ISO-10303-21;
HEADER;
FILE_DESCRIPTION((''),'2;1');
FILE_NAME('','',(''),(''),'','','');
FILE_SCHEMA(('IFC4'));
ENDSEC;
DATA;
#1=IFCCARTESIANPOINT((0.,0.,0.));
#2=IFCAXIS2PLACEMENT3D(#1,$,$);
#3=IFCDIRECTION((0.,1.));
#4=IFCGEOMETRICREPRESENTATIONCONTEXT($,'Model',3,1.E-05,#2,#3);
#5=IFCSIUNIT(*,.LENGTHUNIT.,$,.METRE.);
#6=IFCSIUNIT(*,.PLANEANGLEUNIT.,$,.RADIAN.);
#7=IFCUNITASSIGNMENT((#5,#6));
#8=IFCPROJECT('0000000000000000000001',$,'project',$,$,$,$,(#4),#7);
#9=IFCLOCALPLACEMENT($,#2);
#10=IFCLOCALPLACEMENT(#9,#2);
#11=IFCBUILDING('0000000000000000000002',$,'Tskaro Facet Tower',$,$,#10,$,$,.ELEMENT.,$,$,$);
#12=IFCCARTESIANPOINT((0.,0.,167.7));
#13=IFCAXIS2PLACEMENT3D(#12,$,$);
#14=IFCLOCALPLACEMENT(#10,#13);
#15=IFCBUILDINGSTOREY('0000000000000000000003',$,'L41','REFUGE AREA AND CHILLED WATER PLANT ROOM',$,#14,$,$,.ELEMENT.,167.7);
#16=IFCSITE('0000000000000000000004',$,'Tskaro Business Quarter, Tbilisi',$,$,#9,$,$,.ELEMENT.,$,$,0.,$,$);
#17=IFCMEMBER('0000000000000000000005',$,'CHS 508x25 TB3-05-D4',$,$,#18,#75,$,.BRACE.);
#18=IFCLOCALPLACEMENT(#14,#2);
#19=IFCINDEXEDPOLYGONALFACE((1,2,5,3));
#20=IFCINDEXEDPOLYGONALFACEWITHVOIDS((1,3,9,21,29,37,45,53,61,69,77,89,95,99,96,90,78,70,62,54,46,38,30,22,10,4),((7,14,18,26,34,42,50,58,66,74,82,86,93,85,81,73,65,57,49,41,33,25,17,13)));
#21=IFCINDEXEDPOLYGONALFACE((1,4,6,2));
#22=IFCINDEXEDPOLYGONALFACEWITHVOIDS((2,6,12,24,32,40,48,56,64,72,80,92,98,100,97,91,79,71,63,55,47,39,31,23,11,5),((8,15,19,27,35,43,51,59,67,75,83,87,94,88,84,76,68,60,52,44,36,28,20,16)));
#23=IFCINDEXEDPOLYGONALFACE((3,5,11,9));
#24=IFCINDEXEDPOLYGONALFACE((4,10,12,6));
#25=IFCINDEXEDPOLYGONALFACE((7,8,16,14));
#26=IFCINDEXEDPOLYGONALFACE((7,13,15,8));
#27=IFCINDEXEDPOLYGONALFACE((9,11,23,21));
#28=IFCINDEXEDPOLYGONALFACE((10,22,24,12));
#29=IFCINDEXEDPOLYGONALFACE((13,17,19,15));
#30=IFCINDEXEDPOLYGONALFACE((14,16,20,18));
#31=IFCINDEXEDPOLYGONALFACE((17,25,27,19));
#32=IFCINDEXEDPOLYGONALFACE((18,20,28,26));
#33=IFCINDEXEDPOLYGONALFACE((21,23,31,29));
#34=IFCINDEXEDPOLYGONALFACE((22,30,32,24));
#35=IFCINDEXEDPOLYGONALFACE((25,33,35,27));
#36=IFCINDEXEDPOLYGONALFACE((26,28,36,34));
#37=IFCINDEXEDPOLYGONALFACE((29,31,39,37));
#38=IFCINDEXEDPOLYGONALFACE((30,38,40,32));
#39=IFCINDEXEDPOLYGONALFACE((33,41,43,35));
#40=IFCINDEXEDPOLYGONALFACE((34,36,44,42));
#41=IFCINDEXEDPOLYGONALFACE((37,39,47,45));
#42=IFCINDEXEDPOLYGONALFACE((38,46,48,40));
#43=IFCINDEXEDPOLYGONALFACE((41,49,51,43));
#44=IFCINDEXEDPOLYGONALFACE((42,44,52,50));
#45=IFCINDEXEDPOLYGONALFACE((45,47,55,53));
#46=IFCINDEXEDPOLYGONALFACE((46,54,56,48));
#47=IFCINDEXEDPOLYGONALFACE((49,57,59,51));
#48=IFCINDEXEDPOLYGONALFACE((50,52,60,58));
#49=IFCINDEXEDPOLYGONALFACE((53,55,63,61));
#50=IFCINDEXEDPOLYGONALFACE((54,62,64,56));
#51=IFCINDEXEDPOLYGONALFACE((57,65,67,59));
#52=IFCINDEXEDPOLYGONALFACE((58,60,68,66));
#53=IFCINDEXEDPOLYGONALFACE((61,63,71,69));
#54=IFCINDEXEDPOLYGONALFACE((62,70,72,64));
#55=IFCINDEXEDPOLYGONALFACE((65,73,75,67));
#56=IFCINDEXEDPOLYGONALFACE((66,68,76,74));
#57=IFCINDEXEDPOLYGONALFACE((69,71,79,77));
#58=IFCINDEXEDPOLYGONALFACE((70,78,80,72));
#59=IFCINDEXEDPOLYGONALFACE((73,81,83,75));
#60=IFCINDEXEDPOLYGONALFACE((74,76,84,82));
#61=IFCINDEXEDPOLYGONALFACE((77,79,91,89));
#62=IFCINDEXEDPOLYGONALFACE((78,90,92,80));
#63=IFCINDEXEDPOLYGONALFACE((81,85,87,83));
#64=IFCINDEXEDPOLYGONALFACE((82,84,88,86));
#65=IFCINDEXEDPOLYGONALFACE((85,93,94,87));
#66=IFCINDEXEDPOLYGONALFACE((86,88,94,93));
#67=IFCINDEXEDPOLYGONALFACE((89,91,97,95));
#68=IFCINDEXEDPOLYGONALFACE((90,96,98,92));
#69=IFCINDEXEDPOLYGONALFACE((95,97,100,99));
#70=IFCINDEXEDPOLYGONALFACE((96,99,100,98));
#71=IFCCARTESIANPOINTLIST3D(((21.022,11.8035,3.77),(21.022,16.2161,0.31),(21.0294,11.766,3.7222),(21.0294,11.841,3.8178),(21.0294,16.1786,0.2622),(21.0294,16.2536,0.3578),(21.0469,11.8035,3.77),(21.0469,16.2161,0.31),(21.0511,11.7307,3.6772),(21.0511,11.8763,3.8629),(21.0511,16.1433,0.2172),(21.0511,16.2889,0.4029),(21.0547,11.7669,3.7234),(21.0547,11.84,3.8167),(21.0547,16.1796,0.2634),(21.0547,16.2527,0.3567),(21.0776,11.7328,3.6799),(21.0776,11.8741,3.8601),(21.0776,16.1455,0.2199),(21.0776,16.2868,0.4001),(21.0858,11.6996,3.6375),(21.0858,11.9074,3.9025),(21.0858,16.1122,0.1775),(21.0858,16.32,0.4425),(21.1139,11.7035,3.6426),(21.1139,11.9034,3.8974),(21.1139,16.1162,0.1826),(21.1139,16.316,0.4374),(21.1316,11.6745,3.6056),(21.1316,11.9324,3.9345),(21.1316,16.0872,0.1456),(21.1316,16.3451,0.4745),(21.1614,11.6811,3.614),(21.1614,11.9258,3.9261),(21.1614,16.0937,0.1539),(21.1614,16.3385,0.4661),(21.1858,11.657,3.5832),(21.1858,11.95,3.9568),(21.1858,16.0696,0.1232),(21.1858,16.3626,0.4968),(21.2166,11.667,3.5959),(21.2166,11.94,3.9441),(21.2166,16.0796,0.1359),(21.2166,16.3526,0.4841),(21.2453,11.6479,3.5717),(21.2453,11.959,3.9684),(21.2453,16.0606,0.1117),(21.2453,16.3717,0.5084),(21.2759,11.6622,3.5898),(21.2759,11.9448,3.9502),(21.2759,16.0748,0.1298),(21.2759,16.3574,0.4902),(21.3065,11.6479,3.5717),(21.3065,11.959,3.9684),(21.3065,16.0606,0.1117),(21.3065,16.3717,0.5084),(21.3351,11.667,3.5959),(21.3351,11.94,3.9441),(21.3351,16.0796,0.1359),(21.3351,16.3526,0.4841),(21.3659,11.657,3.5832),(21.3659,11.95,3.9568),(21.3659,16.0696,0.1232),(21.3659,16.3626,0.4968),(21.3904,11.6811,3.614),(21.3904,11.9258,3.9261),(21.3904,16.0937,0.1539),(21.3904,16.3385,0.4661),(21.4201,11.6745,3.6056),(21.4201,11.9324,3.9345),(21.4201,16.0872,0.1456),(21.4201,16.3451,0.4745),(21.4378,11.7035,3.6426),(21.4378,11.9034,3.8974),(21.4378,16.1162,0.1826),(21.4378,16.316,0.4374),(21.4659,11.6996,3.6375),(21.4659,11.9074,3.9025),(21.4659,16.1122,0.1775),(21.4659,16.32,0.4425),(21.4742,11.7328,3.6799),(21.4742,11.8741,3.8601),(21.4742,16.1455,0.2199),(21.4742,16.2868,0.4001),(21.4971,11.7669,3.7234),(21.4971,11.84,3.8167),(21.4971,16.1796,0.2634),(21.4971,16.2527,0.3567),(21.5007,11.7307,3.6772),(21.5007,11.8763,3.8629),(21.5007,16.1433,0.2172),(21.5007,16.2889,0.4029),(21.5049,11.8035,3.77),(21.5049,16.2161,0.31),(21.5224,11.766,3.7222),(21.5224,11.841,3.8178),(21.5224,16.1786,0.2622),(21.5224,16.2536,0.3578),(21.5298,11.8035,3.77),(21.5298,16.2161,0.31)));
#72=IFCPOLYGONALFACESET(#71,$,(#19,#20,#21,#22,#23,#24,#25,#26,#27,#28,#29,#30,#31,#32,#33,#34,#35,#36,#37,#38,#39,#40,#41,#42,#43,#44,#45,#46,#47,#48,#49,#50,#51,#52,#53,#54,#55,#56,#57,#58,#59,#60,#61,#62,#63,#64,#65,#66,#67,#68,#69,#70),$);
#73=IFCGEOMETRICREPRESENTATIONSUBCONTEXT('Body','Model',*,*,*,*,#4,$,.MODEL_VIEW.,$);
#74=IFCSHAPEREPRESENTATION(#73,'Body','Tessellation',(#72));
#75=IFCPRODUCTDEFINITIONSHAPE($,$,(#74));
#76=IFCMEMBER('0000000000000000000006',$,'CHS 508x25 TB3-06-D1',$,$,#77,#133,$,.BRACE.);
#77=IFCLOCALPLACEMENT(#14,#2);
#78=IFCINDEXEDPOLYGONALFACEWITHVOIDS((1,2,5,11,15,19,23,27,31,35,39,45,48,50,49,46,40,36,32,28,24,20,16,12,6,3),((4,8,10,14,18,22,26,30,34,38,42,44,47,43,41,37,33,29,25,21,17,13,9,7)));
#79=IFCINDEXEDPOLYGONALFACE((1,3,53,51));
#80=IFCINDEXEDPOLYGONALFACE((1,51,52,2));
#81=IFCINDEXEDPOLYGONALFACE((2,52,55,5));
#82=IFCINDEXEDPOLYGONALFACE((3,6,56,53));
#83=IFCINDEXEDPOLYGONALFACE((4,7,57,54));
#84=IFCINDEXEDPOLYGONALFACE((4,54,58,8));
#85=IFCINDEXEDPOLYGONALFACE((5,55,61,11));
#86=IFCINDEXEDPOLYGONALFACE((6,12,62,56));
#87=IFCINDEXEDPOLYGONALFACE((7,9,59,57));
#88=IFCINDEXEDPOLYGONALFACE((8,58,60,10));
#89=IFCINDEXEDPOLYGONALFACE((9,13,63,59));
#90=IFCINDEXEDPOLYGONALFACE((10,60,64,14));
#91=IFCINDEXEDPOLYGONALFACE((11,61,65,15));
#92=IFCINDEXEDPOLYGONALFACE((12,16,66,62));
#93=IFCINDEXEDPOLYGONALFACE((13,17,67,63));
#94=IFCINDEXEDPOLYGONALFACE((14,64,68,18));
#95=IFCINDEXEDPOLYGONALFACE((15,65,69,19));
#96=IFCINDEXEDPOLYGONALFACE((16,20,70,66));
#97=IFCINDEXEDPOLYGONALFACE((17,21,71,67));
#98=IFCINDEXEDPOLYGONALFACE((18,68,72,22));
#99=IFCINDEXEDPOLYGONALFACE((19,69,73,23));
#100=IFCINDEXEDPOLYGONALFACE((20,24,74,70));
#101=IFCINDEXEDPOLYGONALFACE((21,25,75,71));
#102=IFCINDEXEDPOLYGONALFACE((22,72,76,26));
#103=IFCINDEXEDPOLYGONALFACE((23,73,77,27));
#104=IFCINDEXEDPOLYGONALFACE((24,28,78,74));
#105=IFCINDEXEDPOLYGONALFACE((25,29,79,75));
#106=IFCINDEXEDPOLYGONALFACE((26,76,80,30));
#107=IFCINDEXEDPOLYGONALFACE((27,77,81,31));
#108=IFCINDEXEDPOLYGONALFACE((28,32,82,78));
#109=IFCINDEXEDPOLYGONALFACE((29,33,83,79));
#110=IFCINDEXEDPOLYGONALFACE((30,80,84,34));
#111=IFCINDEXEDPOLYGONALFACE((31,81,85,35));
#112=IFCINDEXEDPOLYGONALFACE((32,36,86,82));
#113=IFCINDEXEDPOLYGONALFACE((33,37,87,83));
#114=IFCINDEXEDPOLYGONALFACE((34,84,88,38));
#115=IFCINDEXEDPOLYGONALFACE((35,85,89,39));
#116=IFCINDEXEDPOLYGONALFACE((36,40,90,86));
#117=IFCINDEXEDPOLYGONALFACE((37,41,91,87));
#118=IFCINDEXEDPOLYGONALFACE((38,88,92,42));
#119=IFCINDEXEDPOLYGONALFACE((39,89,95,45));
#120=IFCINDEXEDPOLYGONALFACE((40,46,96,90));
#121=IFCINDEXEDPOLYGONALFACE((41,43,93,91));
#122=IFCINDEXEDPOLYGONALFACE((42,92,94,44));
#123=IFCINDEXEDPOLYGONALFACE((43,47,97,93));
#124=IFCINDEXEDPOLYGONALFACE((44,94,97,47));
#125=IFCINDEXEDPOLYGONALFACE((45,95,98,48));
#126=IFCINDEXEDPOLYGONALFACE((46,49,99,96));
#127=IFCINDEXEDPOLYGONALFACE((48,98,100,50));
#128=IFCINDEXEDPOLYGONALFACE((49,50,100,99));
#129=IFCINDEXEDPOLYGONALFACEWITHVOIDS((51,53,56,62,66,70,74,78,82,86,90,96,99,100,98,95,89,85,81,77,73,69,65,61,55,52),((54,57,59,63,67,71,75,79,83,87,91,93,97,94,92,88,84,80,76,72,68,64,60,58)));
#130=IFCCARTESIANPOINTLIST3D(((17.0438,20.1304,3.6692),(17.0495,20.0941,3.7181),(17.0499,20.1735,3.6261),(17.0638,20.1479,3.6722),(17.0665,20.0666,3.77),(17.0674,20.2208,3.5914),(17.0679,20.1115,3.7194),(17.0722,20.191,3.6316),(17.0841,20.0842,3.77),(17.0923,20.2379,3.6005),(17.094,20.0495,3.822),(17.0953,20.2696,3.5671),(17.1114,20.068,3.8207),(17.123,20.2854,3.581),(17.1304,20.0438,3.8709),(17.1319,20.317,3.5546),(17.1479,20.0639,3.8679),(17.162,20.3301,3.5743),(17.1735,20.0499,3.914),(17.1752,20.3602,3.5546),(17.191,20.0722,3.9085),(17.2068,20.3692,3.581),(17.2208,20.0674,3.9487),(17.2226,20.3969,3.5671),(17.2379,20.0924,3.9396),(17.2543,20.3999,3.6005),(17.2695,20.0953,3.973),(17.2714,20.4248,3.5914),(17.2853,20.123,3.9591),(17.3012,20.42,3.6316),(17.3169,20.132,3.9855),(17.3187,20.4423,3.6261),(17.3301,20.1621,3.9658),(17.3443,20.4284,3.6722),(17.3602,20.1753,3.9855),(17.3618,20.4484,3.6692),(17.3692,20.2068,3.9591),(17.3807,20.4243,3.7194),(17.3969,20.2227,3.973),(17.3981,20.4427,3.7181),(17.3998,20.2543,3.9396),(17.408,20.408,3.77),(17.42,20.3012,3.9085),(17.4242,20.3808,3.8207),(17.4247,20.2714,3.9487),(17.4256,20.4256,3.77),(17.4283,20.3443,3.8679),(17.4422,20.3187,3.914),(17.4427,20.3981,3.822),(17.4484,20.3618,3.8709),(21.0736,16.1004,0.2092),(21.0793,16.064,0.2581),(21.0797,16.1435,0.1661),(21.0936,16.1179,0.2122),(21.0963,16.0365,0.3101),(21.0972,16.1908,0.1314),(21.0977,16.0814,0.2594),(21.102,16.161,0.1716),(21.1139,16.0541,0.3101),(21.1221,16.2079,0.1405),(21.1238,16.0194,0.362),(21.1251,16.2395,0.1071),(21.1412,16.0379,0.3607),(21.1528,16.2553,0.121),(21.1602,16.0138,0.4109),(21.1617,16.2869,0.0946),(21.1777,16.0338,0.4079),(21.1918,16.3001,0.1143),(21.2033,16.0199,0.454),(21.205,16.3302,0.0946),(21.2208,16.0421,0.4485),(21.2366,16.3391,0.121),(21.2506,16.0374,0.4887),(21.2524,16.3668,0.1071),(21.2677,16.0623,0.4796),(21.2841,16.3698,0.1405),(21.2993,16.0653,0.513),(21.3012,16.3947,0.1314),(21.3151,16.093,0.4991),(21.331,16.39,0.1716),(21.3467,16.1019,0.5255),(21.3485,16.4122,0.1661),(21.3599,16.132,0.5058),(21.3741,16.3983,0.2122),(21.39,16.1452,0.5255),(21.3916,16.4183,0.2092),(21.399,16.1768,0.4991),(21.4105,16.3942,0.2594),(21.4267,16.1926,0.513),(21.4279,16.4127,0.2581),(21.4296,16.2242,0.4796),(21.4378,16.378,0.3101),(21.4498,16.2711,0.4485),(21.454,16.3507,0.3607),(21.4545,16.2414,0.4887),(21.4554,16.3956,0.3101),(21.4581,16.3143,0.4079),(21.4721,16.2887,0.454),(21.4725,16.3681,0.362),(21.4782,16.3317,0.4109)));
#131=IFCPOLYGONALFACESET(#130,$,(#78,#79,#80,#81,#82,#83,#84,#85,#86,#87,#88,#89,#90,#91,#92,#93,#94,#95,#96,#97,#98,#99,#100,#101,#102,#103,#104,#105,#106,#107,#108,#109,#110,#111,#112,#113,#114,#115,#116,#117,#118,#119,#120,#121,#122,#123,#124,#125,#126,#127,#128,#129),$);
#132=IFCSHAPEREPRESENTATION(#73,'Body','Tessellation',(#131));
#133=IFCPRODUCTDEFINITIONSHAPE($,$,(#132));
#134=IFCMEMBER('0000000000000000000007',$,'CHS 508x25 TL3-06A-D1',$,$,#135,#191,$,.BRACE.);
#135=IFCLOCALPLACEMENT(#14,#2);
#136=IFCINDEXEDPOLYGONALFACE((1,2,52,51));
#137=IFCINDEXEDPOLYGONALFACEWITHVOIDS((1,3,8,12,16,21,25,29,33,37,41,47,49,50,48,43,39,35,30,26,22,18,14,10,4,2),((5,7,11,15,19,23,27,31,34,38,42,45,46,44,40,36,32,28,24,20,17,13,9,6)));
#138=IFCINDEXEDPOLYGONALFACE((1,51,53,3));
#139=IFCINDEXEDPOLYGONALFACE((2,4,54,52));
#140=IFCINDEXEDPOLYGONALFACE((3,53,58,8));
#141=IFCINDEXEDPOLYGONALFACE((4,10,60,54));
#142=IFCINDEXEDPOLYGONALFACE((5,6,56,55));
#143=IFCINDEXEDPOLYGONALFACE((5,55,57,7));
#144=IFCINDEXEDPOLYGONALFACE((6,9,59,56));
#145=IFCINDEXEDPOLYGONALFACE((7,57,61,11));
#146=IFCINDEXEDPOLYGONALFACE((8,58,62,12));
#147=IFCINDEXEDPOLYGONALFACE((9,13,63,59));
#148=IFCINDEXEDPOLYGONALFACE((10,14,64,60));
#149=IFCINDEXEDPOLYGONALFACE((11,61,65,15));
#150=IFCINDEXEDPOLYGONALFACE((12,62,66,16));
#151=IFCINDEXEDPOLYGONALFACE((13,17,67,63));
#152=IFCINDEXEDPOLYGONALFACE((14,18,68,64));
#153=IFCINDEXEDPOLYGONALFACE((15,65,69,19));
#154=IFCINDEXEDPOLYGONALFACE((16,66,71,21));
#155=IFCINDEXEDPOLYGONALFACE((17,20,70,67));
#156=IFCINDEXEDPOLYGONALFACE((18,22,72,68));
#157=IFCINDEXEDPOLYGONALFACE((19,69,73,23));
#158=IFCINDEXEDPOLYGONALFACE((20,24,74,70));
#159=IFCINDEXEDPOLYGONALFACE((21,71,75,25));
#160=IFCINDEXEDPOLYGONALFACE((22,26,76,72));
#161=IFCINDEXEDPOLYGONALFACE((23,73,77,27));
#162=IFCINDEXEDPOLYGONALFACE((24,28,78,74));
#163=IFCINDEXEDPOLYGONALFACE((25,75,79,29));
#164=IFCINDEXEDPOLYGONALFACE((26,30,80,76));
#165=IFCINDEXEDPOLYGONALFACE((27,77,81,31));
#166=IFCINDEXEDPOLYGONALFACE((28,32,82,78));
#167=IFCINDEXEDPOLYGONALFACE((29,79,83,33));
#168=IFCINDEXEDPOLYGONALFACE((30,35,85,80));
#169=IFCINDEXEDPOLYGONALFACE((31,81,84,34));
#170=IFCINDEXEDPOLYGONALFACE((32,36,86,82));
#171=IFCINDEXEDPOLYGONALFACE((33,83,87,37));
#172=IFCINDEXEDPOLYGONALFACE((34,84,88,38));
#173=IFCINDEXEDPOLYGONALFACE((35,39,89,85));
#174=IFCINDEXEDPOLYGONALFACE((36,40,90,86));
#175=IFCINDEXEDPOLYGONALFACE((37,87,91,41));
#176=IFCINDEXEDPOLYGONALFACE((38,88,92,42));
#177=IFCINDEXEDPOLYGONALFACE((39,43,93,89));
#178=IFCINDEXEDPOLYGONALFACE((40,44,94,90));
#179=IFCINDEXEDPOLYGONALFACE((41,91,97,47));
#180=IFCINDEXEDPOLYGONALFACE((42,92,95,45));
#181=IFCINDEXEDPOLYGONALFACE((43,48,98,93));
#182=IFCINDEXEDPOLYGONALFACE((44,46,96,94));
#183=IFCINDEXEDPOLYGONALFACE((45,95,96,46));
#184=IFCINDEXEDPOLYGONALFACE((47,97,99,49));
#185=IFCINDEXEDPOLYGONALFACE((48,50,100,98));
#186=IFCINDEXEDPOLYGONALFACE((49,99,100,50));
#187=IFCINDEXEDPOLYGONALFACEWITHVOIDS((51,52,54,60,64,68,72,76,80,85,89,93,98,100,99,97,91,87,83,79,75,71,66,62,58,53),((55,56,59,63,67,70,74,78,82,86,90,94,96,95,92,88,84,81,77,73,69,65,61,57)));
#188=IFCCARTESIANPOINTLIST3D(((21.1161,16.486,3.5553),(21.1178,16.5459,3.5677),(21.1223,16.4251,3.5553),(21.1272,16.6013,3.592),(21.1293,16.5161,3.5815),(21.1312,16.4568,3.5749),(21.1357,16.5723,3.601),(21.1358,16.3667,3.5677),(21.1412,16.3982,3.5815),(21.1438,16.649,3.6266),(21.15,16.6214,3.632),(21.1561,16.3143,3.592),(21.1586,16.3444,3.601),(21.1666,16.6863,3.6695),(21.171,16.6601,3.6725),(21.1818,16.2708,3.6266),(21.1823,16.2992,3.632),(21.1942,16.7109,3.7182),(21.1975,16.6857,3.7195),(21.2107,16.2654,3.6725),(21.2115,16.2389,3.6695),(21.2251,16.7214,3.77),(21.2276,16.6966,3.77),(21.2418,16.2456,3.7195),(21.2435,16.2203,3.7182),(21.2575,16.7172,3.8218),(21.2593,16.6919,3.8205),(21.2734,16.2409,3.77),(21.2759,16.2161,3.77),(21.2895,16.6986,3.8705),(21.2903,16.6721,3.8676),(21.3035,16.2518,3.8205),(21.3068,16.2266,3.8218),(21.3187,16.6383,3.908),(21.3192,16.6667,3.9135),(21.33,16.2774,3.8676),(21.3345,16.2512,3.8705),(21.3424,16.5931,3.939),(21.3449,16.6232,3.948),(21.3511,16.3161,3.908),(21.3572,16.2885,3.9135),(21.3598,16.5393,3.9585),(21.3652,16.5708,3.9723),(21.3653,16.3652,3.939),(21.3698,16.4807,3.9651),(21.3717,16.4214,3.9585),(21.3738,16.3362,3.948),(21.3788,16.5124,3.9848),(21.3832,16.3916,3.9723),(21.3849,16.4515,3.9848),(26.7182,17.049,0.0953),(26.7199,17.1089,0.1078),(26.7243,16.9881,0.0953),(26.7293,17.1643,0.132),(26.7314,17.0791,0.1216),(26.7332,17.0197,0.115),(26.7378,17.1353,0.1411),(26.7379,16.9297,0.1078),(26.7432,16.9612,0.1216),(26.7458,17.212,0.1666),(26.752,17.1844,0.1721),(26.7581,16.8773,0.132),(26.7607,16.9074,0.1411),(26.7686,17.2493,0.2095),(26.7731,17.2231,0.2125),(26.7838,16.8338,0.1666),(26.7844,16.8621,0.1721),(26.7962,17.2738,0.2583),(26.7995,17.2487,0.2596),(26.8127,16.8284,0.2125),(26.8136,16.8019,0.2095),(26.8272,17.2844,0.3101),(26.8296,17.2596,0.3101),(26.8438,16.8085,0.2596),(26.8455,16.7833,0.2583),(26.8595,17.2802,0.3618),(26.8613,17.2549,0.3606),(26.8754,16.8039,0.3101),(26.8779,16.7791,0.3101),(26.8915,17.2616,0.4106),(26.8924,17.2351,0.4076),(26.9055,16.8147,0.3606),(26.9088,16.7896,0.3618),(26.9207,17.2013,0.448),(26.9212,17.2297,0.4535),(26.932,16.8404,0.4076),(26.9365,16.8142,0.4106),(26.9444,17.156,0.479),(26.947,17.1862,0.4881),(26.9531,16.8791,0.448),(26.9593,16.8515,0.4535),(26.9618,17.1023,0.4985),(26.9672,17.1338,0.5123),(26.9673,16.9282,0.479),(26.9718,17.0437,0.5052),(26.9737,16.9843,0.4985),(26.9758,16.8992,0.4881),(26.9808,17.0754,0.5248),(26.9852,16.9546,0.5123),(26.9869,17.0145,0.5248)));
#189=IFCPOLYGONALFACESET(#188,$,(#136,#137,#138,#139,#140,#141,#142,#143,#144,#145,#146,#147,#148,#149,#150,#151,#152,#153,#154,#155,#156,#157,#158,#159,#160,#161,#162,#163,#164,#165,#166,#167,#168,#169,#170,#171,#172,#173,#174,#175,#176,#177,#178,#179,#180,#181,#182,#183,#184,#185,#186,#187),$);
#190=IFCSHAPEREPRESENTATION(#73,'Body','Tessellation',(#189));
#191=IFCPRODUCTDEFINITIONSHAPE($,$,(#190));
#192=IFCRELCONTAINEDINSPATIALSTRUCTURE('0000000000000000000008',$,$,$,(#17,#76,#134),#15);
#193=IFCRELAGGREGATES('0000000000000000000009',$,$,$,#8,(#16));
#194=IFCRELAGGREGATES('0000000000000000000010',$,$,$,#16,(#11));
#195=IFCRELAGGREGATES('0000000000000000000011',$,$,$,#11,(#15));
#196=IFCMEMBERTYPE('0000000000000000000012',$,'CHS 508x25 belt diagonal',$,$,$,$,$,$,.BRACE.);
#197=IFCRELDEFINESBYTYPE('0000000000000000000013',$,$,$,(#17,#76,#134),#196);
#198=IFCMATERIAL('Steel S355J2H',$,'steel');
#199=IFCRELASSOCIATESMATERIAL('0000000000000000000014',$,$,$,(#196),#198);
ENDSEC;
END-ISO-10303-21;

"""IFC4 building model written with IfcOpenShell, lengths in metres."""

from ifc_helpers import new_model, si_unit, direction, frame, origin, origin_2d, place, context, subcontext, project, spatial, hollow_circle, extrude, material, material_profile, profile_set, type_object, element, save


model = new_model("IFC4")

# Units and contexts
model_context = context("Model", 3, precision=1e-05, world=origin(), true_north=direction((0.0, 1.0)))
body_context = subcontext(model_context, "Body", "Model", "MODEL_VIEW")
ifc_project = project(units=[si_unit("LENGTHUNIT", "METRE"), si_unit("PLANEANGLEUNIT", "RADIAN")], contexts=[model_context])

# Site, building, storey
site_placement = place(None, origin())
site = spatial("IfcSite", under=ifc_project, at=site_placement, Name="Tskaro Business Quarter, Tbilisi", CompositionType="ELEMENT", RefElevation=0.0)
building_placement = place(site_placement, origin())
building = spatial("IfcBuilding", under=site, at=building_placement, Name="Tskaro Facet Tower", CompositionType="ELEMENT")
storey_placement = place(building_placement, frame((0.0, 0.0, 167.7)))
storey = spatial("IfcBuildingStorey", under=building, at=storey_placement, Name="L41", Description="REFUGE AREA AND CHILLED WATER PLANT ROOM", CompositionType="ELEMENT", Elevation=167.7)

# Shared definitions
ifc_material_1 = material(Name="Steel S355J2H", Category="steel")

# Members
ifc_material_profile_1 = material_profile(ifc_material_1, hollow_circle(Radius=0.2539, WallThickness=0.0249, at=origin_2d()), Name="CHS 508x25")
ifc_profile_set_1 = profile_set([ifc_material_profile_1], Name="Steel S355J2H")
member_type_1 = type_object("IfcMemberType", Name="CHS 508x25 belt diagonal", PredefinedType="BRACE", material=ifc_profile_set_1)
member_1_placement = place(storey_placement, frame((21.2759, 11.8035, 3.77), z_axis=(0.0, 0.786931, -0.617041), x_axis=(-1.0, 0.0, 0.0)))
element("IfcMember", 1, at=member_1_placement, inside=storey, type_object=member_type_1, Name="CHS 508x25 TB3-05-D4", PredefinedType="BRACE", context=body_context, shape_type="SweptSolid", body=[
    extrude(hollow_circle(Radius=0.2539, WallThickness=0.0249, at=origin_2d()), origin(), (0.0, 0.0, 1.0), 5.6074),
])
member_2_placement = place(storey_placement, frame((21.2759, 16.2161, 0.3101), z_axis=(-0.604419, 0.604456, 0.518952), x_axis=(-0.707128, -0.707085, 0.0)))
element("IfcMember", 2, at=member_2_placement, inside=storey, type_object=member_type_1, Name="CHS 508x25 TB3-06-D1", PredefinedType="BRACE", context=body_context, shape_type="SweptSolid", body=[
    extrude(hollow_circle(Radius=0.2539, WallThickness=0.0249, at=origin_2d()), origin(), (0.0, 0.0, 1.0), 6.6672),
])
member_3_placement = place(storey_placement, frame((26.8525, 17.0317, 0.3101), z_axis=(-0.847714, -0.085193, 0.523568), x_axis=(0.099993, -0.994988, 0.0)))
element("IfcMember", 3, at=member_3_placement, inside=storey, type_object=member_type_1, Name="CHS 508x25 TL3-06A-D1", PredefinedType="BRACE", context=body_context, shape_type="SweptSolid", body=[
    extrude(hollow_circle(Radius=0.2539, WallThickness=0.0249, at=origin_2d()), origin(), (0.0, 0.0, 1.0), 6.6084),
])

save(model, "model.ifc")
